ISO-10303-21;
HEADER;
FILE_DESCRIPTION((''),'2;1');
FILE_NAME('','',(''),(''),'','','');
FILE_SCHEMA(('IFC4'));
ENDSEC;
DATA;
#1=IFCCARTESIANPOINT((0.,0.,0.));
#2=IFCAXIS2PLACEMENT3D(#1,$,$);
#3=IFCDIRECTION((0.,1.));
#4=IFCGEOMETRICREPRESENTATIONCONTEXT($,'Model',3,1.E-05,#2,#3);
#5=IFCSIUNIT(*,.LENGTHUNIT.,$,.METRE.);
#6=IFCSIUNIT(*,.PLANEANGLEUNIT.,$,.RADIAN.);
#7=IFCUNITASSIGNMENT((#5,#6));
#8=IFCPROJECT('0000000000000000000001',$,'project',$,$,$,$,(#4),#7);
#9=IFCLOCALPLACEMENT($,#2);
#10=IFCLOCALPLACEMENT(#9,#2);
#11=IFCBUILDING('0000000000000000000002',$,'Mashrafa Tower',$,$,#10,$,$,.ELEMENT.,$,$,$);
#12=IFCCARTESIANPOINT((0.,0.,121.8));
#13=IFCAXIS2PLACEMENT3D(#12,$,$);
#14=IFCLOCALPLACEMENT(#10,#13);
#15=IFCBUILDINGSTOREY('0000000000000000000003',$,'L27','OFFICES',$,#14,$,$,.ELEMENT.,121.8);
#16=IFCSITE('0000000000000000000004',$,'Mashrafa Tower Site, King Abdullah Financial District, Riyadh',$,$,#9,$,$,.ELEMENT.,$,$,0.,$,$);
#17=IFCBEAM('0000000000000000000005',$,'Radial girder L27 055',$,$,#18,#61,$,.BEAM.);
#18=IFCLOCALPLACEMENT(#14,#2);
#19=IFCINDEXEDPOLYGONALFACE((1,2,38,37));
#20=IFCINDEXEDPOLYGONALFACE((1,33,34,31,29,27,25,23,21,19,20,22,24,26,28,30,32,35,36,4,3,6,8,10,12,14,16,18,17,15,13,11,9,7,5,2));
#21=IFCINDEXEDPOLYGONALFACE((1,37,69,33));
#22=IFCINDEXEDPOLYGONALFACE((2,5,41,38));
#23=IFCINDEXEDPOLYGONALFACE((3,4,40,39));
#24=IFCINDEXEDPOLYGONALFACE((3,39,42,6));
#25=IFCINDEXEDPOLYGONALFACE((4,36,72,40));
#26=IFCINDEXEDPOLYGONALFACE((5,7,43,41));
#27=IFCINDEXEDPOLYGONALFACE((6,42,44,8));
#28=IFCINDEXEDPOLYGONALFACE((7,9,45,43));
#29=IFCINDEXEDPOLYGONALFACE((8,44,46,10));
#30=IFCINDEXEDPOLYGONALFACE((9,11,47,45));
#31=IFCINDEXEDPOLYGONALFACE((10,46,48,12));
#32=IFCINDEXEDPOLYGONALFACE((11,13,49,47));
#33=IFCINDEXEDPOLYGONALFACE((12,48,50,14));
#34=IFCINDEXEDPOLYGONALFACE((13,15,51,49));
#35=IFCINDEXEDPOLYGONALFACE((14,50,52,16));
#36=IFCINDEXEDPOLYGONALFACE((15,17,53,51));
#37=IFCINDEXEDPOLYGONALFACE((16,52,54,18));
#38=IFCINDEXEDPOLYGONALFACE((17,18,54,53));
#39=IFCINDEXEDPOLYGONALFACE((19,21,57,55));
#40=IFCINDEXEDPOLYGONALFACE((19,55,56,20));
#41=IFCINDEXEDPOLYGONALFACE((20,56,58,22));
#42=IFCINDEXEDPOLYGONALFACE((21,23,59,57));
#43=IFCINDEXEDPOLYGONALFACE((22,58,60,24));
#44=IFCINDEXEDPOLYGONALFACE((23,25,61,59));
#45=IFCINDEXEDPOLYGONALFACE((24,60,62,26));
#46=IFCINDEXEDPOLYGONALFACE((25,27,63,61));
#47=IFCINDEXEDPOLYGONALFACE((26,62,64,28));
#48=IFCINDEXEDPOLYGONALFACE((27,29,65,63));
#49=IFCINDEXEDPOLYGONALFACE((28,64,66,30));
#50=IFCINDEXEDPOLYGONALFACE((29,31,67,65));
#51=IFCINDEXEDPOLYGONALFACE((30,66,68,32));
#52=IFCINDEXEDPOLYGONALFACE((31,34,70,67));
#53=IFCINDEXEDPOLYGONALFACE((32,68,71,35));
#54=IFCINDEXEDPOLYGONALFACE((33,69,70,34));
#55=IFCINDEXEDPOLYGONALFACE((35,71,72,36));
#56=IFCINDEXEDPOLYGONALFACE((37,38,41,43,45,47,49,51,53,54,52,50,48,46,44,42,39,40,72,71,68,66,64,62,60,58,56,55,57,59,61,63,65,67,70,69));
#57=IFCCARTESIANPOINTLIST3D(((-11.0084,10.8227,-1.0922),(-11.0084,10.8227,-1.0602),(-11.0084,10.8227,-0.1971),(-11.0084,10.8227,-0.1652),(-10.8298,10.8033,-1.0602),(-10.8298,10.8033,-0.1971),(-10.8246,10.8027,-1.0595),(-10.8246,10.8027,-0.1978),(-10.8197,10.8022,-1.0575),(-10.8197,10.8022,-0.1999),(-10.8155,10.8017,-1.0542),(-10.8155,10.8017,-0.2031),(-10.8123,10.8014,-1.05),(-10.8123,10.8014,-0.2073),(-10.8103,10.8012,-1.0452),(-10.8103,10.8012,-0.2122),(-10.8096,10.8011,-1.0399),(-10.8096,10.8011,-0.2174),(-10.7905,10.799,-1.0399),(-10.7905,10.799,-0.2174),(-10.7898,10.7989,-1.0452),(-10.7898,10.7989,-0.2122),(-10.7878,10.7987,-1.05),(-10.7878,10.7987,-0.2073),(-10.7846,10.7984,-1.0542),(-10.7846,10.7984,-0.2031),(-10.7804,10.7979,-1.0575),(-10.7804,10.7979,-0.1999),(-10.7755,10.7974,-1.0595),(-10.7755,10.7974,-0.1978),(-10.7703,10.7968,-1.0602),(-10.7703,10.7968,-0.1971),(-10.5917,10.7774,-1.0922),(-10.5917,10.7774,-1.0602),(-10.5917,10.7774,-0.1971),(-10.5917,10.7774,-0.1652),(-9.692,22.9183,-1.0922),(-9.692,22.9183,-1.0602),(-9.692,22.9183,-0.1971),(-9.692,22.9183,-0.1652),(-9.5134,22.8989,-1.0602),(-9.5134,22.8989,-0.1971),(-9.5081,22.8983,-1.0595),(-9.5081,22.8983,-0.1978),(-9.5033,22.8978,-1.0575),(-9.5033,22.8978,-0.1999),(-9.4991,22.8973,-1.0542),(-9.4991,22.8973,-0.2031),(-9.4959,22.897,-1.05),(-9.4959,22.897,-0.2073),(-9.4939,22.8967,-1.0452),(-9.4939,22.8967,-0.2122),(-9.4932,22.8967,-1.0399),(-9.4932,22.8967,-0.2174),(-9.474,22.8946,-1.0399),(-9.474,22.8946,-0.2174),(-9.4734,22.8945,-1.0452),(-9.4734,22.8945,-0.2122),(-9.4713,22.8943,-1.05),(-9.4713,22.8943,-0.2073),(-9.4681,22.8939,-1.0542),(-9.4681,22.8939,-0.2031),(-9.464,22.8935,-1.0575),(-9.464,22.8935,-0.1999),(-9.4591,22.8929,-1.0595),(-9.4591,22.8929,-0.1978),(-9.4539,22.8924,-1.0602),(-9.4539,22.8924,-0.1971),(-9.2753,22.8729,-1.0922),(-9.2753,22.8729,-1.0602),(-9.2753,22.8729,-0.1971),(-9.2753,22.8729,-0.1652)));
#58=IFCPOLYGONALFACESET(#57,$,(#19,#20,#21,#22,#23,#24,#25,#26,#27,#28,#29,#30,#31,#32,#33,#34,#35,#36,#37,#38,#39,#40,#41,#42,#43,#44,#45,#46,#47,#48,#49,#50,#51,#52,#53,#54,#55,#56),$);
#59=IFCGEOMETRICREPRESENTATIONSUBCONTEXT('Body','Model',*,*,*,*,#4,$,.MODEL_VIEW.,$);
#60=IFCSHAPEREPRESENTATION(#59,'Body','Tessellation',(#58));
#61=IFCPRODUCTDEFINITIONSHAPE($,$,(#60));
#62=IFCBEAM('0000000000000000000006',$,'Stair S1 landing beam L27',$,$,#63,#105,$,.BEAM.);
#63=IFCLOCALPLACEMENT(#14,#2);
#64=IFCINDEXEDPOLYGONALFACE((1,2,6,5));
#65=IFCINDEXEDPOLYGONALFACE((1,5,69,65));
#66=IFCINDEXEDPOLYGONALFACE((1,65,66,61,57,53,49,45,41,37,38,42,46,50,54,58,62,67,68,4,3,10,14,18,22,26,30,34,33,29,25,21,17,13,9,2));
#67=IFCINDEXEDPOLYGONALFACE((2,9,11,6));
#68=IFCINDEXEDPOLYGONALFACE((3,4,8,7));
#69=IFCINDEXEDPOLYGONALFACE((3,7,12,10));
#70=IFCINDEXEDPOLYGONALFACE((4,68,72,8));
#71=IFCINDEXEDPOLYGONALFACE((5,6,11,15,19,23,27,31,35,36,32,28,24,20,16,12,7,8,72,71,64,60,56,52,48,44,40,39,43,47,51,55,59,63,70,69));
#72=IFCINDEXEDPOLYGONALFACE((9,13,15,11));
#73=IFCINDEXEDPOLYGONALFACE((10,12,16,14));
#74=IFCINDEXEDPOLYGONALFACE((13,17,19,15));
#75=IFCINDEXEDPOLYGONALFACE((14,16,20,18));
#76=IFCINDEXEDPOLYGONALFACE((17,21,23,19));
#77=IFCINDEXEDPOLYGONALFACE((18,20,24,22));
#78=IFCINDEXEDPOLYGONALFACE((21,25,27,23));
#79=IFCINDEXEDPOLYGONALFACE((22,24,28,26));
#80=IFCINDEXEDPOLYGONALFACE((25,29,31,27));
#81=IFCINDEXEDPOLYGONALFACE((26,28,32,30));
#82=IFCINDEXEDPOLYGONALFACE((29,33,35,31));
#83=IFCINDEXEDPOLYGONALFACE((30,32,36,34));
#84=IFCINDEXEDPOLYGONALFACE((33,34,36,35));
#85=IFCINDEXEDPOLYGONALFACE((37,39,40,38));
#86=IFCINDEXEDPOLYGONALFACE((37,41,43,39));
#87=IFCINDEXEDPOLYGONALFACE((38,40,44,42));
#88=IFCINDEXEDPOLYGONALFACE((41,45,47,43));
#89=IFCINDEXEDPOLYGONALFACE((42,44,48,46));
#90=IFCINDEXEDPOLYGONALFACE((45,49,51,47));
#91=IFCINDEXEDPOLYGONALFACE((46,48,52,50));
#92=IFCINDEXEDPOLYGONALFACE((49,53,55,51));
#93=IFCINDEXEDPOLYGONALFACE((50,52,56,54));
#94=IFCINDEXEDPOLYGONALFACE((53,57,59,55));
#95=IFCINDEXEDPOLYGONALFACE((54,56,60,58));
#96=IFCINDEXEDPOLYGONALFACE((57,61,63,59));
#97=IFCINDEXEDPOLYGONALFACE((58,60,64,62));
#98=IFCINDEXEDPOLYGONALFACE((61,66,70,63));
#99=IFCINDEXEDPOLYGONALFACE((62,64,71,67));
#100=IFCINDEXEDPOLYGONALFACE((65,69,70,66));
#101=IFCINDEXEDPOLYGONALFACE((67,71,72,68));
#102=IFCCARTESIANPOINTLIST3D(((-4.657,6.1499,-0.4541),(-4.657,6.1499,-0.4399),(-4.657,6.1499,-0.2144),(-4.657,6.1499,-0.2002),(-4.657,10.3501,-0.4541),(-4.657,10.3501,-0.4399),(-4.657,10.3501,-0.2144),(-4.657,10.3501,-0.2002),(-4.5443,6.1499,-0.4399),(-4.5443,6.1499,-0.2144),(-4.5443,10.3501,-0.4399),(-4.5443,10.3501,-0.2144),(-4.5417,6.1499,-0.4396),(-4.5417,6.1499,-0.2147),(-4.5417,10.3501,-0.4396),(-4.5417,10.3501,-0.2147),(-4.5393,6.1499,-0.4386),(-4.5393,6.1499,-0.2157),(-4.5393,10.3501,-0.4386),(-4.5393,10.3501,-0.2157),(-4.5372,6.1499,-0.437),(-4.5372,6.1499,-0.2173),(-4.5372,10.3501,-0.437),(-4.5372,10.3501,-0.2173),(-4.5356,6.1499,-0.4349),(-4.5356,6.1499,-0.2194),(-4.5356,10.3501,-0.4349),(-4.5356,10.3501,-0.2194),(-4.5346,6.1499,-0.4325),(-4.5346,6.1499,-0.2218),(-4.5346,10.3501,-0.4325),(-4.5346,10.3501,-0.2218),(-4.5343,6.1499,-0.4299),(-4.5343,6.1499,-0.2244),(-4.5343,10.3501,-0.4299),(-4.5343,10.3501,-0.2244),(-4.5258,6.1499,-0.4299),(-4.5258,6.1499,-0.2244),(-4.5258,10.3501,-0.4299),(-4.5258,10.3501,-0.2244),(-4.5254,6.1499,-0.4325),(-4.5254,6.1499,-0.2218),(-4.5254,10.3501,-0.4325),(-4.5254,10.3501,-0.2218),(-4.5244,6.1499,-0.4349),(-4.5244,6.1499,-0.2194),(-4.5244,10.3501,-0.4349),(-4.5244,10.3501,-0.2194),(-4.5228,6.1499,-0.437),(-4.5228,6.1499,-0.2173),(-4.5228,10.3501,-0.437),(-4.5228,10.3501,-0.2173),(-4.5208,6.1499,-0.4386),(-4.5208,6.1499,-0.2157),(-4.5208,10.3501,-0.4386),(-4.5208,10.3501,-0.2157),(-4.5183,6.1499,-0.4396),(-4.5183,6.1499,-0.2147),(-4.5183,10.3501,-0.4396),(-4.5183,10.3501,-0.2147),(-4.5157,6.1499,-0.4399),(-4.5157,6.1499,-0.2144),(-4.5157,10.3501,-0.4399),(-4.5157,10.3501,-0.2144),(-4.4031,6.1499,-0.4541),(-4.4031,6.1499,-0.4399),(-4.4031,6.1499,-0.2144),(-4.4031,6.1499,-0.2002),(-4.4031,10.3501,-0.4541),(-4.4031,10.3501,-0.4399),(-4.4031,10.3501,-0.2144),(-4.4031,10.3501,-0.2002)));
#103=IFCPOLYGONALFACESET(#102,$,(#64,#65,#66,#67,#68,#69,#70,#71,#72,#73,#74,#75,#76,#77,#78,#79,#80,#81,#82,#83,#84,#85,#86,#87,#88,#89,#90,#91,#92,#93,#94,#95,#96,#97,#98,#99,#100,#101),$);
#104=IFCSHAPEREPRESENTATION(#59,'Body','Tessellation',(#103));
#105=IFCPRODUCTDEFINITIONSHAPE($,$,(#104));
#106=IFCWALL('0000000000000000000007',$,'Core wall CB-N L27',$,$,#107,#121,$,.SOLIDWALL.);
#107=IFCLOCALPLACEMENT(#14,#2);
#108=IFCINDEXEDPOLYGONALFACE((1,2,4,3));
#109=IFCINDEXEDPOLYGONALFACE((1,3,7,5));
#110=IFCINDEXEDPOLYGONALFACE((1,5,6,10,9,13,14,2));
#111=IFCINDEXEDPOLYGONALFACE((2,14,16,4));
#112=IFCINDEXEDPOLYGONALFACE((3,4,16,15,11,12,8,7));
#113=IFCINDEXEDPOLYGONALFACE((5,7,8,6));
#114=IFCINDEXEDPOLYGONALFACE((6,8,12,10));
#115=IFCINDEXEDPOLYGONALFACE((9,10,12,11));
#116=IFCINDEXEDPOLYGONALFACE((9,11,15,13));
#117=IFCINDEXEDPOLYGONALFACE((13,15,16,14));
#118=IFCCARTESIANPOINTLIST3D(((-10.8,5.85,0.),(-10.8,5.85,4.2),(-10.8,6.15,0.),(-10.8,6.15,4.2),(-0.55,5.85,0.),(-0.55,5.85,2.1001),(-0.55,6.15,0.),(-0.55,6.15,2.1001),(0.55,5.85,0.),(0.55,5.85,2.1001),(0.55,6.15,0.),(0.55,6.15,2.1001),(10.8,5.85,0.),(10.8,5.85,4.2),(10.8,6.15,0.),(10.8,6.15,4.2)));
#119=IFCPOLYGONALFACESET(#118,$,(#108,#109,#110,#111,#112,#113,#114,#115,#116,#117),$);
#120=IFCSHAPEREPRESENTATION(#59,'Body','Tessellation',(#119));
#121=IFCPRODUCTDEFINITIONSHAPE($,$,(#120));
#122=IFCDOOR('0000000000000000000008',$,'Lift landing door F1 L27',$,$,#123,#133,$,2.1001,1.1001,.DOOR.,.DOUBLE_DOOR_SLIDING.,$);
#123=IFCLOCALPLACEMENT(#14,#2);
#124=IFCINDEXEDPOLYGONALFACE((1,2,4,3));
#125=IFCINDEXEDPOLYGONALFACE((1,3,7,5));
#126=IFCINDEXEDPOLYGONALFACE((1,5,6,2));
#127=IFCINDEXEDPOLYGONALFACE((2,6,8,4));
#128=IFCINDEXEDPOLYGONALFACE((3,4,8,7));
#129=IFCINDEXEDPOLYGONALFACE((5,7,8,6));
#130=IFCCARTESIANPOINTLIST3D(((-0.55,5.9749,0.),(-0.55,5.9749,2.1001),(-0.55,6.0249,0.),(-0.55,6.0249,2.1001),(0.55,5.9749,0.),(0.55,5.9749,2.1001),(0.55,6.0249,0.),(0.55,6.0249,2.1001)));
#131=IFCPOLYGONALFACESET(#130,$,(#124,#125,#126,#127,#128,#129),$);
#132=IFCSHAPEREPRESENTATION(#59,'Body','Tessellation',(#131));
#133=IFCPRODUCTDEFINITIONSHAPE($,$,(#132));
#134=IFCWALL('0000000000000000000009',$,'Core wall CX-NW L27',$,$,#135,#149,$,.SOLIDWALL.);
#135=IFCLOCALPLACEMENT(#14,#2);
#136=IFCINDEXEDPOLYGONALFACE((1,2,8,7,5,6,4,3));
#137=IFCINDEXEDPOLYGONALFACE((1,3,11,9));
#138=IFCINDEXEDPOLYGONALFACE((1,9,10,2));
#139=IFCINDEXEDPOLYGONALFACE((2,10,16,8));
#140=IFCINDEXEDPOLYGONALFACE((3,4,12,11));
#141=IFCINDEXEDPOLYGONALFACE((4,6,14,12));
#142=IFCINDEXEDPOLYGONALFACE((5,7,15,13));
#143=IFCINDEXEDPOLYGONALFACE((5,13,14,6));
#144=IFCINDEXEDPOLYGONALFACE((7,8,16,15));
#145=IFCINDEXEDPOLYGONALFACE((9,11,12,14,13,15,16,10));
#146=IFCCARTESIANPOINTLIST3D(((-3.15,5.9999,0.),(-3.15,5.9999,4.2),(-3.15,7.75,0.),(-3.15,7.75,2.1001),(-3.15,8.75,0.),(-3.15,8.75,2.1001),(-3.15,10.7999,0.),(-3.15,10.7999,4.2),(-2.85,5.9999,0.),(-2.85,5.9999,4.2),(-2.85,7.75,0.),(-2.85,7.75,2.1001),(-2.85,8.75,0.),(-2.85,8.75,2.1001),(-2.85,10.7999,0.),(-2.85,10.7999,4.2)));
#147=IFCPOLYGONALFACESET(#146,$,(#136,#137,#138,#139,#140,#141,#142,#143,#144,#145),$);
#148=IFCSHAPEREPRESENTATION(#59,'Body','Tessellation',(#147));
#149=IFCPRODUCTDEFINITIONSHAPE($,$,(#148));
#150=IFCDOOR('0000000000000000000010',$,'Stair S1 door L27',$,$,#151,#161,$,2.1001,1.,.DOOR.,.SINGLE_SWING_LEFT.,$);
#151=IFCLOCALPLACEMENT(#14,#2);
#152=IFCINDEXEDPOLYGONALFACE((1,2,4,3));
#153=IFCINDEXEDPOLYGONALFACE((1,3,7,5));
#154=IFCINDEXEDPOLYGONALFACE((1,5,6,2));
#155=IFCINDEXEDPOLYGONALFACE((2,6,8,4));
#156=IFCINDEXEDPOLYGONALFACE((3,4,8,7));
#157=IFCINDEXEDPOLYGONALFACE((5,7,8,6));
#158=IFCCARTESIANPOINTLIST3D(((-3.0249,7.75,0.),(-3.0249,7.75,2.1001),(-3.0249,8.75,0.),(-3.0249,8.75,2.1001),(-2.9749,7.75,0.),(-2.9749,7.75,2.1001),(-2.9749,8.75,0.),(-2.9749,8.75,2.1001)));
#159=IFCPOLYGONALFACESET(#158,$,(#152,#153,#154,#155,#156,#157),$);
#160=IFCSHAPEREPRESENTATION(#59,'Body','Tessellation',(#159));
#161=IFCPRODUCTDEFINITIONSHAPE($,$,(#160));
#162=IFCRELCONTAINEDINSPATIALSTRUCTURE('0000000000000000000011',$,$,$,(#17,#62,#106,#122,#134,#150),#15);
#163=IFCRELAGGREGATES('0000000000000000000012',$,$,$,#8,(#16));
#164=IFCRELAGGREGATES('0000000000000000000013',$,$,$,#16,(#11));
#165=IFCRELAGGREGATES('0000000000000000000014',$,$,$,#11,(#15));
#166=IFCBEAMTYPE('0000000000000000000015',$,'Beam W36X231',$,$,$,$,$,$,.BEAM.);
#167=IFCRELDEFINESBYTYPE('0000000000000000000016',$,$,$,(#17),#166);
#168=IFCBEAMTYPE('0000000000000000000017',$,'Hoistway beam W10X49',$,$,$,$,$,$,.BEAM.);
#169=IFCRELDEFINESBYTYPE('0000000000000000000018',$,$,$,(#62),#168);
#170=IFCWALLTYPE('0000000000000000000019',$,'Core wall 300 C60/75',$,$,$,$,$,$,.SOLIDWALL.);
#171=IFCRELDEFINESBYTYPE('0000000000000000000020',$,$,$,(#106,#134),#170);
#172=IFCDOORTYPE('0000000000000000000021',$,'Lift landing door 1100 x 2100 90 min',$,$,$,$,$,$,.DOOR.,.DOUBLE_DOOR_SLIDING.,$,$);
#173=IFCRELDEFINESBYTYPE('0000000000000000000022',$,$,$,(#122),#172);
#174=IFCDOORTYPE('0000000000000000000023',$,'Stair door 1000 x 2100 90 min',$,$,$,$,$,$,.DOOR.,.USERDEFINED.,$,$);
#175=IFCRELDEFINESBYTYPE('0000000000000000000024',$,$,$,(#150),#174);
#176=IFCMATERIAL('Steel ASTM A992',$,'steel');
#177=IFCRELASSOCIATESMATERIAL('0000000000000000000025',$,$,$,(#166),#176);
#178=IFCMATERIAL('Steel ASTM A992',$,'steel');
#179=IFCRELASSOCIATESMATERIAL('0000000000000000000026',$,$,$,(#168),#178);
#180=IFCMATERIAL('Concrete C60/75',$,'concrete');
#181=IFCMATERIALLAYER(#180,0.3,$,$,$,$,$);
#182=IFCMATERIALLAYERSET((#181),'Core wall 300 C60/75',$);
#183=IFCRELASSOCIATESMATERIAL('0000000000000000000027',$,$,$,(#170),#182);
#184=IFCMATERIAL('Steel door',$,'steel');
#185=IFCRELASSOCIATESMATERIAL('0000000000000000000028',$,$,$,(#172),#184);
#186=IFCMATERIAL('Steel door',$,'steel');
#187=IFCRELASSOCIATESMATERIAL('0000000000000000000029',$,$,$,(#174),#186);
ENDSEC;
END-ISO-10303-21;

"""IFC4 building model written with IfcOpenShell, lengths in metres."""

from ifc_helpers import new_model, si_unit, direction, frame, frame_2d, origin, origin_2d, place, context, subcontext, project, spatial, rectangle, i_section, extrude, material, layer, layer_set, material_profile, profile_set, type_object, element, fill, save


model = new_model("IFC4")

# Units and contexts
model_context = context("Model", 3, precision=1e-05, world=origin(), true_north=direction((0.0, 1.0)))
body_context = subcontext(model_context, "Body", "Model", "MODEL_VIEW")
ifc_project = project(units=[si_unit("LENGTHUNIT", "METRE"), si_unit("PLANEANGLEUNIT", "RADIAN")], contexts=[model_context])

# Site, building, storey
site_placement = place(None, origin())
site = spatial("IfcSite", under=ifc_project, at=site_placement, Name="Mashrafa Tower Site, King Abdullah Financial District, Riyadh", CompositionType="ELEMENT", RefElevation=0.0)
building_placement = place(site_placement, origin())
building = spatial("IfcBuilding", under=site, at=building_placement, Name="Mashrafa Tower", CompositionType="ELEMENT")
storey_placement = place(building_placement, frame((0.0, 0.0, 121.8)))
storey = spatial("IfcBuildingStorey", under=building, at=storey_placement, Name="L27", Description="OFFICES", CompositionType="ELEMENT", Elevation=121.8)

# Beams
ifc_material_1 = material(Name="Steel ASTM A992", Category="steel")
ifc_material_profile_1 = material_profile(ifc_material_1, i_section(OverallWidth=0.4192, OverallDepth=0.927, WebThickness=0.0193, FlangeThickness=0.032, FilletRadius=0.0203, at=origin_2d()), Name="W36X231")
ifc_profile_set_1 = profile_set([ifc_material_profile_1], Name="Steel ASTM A992")
beam_type_1 = type_object("IfcBeamType", Name="Beam W36X231", PredefinedType="BEAM", material=ifc_profile_set_1)
for number, where, z_axis, x_axis, name in (
    (1, (-10.8, 10.8, -0.6287), (0.108196, 0.99413, 0.0), (-0.99413, 0.108196, 0.0), "Radial girder L27 055"),
):
    element("IfcBeam", number, at=place(storey_placement, frame(where, z_axis=z_axis, x_axis=x_axis)), inside=storey, type_object=beam_type_1, Name=name, PredefinedType="BEAM", context=body_context, shape_type="SweptSolid", body=[
        extrude(i_section(OverallWidth=0.4192, OverallDepth=0.927, WebThickness=0.0193, FlangeThickness=0.032, FilletRadius=0.0203, at=origin_2d()), origin(), (0.0, 0.0, 1.0), 12.167),
    ])
ifc_material_2 = material(Name="Steel ASTM A992", Category="steel")
ifc_material_profile_2 = material_profile(ifc_material_2, i_section(OverallWidth=0.2539, OverallDepth=0.2539, WebThickness=0.0085, FlangeThickness=0.0142, FilletRadius=0.01, at=origin_2d()), Name="W10X49")
ifc_profile_set_2 = profile_set([ifc_material_profile_2], Name="Steel ASTM A992")
beam_type_2 = type_object("IfcBeamType", Name="Hoistway beam W10X49", PredefinedType="BEAM", material=ifc_profile_set_2)
beam_1_placement = place(storey_placement, frame((-4.53, 6.1499, -0.3271), z_axis=(0.0, 1.0, 0.0), x_axis=(-1.0, 0.0, 0.0)))
element("IfcBeam", 2, at=beam_1_placement, inside=storey, type_object=beam_type_2, Name="Stair S1 landing beam L27", PredefinedType="BEAM", context=body_context, shape_type="SweptSolid", body=[
    extrude(i_section(OverallWidth=0.2539, OverallDepth=0.2539, WebThickness=0.0085, FlangeThickness=0.0142, FilletRadius=0.01, at=origin_2d()), origin(), (0.0, 0.0, 1.0), 4.2002),
])

# Walls, openings, doors
ifc_material_3 = material(Name="Concrete C60/75", Category="concrete")
ifc_layer_1 = layer(ifc_material_3, 0.3)
ifc_layer_set_1 = layer_set([ifc_layer_1], Name="Core wall 300 C60/75")
wall_type_1 = type_object("IfcWallType", Name="Core wall 300 C60/75", PredefinedType="SOLIDWALL", material=ifc_layer_set_1)
wall_1_placement = place(storey_placement, frame((-10.8, 6.0, 0.0), z_axis=(0.0, 0.0, 1.0), x_axis=(1.0, 0.0, 0.0)))
wall_1 = element("IfcWall", 3, at=wall_1_placement, inside=storey, type_object=wall_type_1, Name="Core wall CB-N L27", PredefinedType="SOLIDWALL", context=body_context, shape_type="SweptSolid", body=[
    extrude(rectangle(XDim=21.6001, YDim=0.3, at=frame_2d((10.8, 0.0))), origin(), (0.0, 0.0, 1.0), 4.2),
])
opening_1_placement = place(wall_1_placement, frame((10.25, 0.0, 0.0)))
opening_1 = element("IfcOpeningElement", 4, at=opening_1_placement, cuts=wall_1, PredefinedType="OPENING", context=body_context, shape_type="SweptSolid", body=[
    extrude(rectangle(XDim=1.1001, YDim=2.1001, at=frame_2d((0.55, 1.05))), frame((0.0, 0.1599, 0.0), z_axis=(0.0, -1.0, 0.0), x_axis=(1.0, 0.0, 0.0)), (0.0, 0.0, 1.0), 0.3201),
])
ifc_material_4 = material(Name="Steel door", Category="steel")
door_type_1 = type_object("IfcDoorType", Name="Lift landing door 1100 x 2100 90 min", OperationType="DOUBLE_DOOR_SLIDING", PredefinedType="DOOR", material=ifc_material_4)
door_1_placement = place(opening_1_placement, origin())
door_1 = element("IfcDoor", 5, at=door_1_placement, inside=storey, type_object=door_type_1, Name="Lift landing door F1 L27", OperationType="DOUBLE_DOOR_SLIDING", OverallHeight=2.1001, OverallWidth=1.1001, PredefinedType="DOOR", context=body_context, shape_type="SweptSolid", body=[
    extrude(rectangle(XDim=1.1001, YDim=2.1001, at=frame_2d((0.55, 1.05))), frame((0.0, 0.0249, 0.0), z_axis=(0.0, -1.0, 0.0), x_axis=(1.0, 0.0, 0.0)), (0.0, 0.0, 1.0), 0.05),
])
fill(opening_1, door_1)
wall_2_placement = place(storey_placement, frame((-3.0, 6.0, 0.0), z_axis=(0.0, 0.0, 1.0), x_axis=(0.0, 1.0, 0.0)))
wall_2 = element("IfcWall", 6, at=wall_2_placement, inside=storey, type_object=wall_type_1, Name="Core wall CX-NW L27", PredefinedType="SOLIDWALL", context=body_context, shape_type="SweptSolid", body=[
    extrude(rectangle(XDim=4.8, YDim=0.3, at=frame_2d((2.3999, 0.0))), origin(), (0.0, 0.0, 1.0), 4.2),
])
opening_2_placement = place(wall_2_placement, frame((1.75, 0.0, 0.0)))
opening_2 = element("IfcOpeningElement", 7, at=opening_2_placement, cuts=wall_2, PredefinedType="OPENING", context=body_context, shape_type="SweptSolid", body=[
    extrude(rectangle(XDim=1.0, YDim=2.1001, at=frame_2d((0.5, 1.05))), frame((0.0, 0.1599, 0.0), z_axis=(0.0, -1.0, 0.0), x_axis=(1.0, 0.0, 0.0)), (0.0, 0.0, 1.0), 0.3201),
])
ifc_material_5 = material(Name="Steel door", Category="steel")
door_type_2 = type_object("IfcDoorType", Name="Stair door 1000 x 2100 90 min", OperationType="USERDEFINED", PredefinedType="DOOR", material=ifc_material_5)
door_2_placement = place(opening_2_placement, origin())
door_2 = element("IfcDoor", 8, at=door_2_placement, inside=storey, type_object=door_type_2, Name="Stair S1 door L27", OperationType="SINGLE_SWING_LEFT", OverallHeight=2.1001, OverallWidth=1.0, PredefinedType="DOOR", context=body_context, shape_type="SweptSolid", body=[
    extrude(rectangle(XDim=1.0, YDim=2.1001, at=frame_2d((0.5, 1.05))), frame((0.0, 0.0249, 0.0), z_axis=(0.0, -1.0, 0.0), x_axis=(1.0, 0.0, 0.0)), (0.0, 0.0, 1.0), 0.05),
])
fill(opening_2, door_2)

save(model, "model.ifc")
